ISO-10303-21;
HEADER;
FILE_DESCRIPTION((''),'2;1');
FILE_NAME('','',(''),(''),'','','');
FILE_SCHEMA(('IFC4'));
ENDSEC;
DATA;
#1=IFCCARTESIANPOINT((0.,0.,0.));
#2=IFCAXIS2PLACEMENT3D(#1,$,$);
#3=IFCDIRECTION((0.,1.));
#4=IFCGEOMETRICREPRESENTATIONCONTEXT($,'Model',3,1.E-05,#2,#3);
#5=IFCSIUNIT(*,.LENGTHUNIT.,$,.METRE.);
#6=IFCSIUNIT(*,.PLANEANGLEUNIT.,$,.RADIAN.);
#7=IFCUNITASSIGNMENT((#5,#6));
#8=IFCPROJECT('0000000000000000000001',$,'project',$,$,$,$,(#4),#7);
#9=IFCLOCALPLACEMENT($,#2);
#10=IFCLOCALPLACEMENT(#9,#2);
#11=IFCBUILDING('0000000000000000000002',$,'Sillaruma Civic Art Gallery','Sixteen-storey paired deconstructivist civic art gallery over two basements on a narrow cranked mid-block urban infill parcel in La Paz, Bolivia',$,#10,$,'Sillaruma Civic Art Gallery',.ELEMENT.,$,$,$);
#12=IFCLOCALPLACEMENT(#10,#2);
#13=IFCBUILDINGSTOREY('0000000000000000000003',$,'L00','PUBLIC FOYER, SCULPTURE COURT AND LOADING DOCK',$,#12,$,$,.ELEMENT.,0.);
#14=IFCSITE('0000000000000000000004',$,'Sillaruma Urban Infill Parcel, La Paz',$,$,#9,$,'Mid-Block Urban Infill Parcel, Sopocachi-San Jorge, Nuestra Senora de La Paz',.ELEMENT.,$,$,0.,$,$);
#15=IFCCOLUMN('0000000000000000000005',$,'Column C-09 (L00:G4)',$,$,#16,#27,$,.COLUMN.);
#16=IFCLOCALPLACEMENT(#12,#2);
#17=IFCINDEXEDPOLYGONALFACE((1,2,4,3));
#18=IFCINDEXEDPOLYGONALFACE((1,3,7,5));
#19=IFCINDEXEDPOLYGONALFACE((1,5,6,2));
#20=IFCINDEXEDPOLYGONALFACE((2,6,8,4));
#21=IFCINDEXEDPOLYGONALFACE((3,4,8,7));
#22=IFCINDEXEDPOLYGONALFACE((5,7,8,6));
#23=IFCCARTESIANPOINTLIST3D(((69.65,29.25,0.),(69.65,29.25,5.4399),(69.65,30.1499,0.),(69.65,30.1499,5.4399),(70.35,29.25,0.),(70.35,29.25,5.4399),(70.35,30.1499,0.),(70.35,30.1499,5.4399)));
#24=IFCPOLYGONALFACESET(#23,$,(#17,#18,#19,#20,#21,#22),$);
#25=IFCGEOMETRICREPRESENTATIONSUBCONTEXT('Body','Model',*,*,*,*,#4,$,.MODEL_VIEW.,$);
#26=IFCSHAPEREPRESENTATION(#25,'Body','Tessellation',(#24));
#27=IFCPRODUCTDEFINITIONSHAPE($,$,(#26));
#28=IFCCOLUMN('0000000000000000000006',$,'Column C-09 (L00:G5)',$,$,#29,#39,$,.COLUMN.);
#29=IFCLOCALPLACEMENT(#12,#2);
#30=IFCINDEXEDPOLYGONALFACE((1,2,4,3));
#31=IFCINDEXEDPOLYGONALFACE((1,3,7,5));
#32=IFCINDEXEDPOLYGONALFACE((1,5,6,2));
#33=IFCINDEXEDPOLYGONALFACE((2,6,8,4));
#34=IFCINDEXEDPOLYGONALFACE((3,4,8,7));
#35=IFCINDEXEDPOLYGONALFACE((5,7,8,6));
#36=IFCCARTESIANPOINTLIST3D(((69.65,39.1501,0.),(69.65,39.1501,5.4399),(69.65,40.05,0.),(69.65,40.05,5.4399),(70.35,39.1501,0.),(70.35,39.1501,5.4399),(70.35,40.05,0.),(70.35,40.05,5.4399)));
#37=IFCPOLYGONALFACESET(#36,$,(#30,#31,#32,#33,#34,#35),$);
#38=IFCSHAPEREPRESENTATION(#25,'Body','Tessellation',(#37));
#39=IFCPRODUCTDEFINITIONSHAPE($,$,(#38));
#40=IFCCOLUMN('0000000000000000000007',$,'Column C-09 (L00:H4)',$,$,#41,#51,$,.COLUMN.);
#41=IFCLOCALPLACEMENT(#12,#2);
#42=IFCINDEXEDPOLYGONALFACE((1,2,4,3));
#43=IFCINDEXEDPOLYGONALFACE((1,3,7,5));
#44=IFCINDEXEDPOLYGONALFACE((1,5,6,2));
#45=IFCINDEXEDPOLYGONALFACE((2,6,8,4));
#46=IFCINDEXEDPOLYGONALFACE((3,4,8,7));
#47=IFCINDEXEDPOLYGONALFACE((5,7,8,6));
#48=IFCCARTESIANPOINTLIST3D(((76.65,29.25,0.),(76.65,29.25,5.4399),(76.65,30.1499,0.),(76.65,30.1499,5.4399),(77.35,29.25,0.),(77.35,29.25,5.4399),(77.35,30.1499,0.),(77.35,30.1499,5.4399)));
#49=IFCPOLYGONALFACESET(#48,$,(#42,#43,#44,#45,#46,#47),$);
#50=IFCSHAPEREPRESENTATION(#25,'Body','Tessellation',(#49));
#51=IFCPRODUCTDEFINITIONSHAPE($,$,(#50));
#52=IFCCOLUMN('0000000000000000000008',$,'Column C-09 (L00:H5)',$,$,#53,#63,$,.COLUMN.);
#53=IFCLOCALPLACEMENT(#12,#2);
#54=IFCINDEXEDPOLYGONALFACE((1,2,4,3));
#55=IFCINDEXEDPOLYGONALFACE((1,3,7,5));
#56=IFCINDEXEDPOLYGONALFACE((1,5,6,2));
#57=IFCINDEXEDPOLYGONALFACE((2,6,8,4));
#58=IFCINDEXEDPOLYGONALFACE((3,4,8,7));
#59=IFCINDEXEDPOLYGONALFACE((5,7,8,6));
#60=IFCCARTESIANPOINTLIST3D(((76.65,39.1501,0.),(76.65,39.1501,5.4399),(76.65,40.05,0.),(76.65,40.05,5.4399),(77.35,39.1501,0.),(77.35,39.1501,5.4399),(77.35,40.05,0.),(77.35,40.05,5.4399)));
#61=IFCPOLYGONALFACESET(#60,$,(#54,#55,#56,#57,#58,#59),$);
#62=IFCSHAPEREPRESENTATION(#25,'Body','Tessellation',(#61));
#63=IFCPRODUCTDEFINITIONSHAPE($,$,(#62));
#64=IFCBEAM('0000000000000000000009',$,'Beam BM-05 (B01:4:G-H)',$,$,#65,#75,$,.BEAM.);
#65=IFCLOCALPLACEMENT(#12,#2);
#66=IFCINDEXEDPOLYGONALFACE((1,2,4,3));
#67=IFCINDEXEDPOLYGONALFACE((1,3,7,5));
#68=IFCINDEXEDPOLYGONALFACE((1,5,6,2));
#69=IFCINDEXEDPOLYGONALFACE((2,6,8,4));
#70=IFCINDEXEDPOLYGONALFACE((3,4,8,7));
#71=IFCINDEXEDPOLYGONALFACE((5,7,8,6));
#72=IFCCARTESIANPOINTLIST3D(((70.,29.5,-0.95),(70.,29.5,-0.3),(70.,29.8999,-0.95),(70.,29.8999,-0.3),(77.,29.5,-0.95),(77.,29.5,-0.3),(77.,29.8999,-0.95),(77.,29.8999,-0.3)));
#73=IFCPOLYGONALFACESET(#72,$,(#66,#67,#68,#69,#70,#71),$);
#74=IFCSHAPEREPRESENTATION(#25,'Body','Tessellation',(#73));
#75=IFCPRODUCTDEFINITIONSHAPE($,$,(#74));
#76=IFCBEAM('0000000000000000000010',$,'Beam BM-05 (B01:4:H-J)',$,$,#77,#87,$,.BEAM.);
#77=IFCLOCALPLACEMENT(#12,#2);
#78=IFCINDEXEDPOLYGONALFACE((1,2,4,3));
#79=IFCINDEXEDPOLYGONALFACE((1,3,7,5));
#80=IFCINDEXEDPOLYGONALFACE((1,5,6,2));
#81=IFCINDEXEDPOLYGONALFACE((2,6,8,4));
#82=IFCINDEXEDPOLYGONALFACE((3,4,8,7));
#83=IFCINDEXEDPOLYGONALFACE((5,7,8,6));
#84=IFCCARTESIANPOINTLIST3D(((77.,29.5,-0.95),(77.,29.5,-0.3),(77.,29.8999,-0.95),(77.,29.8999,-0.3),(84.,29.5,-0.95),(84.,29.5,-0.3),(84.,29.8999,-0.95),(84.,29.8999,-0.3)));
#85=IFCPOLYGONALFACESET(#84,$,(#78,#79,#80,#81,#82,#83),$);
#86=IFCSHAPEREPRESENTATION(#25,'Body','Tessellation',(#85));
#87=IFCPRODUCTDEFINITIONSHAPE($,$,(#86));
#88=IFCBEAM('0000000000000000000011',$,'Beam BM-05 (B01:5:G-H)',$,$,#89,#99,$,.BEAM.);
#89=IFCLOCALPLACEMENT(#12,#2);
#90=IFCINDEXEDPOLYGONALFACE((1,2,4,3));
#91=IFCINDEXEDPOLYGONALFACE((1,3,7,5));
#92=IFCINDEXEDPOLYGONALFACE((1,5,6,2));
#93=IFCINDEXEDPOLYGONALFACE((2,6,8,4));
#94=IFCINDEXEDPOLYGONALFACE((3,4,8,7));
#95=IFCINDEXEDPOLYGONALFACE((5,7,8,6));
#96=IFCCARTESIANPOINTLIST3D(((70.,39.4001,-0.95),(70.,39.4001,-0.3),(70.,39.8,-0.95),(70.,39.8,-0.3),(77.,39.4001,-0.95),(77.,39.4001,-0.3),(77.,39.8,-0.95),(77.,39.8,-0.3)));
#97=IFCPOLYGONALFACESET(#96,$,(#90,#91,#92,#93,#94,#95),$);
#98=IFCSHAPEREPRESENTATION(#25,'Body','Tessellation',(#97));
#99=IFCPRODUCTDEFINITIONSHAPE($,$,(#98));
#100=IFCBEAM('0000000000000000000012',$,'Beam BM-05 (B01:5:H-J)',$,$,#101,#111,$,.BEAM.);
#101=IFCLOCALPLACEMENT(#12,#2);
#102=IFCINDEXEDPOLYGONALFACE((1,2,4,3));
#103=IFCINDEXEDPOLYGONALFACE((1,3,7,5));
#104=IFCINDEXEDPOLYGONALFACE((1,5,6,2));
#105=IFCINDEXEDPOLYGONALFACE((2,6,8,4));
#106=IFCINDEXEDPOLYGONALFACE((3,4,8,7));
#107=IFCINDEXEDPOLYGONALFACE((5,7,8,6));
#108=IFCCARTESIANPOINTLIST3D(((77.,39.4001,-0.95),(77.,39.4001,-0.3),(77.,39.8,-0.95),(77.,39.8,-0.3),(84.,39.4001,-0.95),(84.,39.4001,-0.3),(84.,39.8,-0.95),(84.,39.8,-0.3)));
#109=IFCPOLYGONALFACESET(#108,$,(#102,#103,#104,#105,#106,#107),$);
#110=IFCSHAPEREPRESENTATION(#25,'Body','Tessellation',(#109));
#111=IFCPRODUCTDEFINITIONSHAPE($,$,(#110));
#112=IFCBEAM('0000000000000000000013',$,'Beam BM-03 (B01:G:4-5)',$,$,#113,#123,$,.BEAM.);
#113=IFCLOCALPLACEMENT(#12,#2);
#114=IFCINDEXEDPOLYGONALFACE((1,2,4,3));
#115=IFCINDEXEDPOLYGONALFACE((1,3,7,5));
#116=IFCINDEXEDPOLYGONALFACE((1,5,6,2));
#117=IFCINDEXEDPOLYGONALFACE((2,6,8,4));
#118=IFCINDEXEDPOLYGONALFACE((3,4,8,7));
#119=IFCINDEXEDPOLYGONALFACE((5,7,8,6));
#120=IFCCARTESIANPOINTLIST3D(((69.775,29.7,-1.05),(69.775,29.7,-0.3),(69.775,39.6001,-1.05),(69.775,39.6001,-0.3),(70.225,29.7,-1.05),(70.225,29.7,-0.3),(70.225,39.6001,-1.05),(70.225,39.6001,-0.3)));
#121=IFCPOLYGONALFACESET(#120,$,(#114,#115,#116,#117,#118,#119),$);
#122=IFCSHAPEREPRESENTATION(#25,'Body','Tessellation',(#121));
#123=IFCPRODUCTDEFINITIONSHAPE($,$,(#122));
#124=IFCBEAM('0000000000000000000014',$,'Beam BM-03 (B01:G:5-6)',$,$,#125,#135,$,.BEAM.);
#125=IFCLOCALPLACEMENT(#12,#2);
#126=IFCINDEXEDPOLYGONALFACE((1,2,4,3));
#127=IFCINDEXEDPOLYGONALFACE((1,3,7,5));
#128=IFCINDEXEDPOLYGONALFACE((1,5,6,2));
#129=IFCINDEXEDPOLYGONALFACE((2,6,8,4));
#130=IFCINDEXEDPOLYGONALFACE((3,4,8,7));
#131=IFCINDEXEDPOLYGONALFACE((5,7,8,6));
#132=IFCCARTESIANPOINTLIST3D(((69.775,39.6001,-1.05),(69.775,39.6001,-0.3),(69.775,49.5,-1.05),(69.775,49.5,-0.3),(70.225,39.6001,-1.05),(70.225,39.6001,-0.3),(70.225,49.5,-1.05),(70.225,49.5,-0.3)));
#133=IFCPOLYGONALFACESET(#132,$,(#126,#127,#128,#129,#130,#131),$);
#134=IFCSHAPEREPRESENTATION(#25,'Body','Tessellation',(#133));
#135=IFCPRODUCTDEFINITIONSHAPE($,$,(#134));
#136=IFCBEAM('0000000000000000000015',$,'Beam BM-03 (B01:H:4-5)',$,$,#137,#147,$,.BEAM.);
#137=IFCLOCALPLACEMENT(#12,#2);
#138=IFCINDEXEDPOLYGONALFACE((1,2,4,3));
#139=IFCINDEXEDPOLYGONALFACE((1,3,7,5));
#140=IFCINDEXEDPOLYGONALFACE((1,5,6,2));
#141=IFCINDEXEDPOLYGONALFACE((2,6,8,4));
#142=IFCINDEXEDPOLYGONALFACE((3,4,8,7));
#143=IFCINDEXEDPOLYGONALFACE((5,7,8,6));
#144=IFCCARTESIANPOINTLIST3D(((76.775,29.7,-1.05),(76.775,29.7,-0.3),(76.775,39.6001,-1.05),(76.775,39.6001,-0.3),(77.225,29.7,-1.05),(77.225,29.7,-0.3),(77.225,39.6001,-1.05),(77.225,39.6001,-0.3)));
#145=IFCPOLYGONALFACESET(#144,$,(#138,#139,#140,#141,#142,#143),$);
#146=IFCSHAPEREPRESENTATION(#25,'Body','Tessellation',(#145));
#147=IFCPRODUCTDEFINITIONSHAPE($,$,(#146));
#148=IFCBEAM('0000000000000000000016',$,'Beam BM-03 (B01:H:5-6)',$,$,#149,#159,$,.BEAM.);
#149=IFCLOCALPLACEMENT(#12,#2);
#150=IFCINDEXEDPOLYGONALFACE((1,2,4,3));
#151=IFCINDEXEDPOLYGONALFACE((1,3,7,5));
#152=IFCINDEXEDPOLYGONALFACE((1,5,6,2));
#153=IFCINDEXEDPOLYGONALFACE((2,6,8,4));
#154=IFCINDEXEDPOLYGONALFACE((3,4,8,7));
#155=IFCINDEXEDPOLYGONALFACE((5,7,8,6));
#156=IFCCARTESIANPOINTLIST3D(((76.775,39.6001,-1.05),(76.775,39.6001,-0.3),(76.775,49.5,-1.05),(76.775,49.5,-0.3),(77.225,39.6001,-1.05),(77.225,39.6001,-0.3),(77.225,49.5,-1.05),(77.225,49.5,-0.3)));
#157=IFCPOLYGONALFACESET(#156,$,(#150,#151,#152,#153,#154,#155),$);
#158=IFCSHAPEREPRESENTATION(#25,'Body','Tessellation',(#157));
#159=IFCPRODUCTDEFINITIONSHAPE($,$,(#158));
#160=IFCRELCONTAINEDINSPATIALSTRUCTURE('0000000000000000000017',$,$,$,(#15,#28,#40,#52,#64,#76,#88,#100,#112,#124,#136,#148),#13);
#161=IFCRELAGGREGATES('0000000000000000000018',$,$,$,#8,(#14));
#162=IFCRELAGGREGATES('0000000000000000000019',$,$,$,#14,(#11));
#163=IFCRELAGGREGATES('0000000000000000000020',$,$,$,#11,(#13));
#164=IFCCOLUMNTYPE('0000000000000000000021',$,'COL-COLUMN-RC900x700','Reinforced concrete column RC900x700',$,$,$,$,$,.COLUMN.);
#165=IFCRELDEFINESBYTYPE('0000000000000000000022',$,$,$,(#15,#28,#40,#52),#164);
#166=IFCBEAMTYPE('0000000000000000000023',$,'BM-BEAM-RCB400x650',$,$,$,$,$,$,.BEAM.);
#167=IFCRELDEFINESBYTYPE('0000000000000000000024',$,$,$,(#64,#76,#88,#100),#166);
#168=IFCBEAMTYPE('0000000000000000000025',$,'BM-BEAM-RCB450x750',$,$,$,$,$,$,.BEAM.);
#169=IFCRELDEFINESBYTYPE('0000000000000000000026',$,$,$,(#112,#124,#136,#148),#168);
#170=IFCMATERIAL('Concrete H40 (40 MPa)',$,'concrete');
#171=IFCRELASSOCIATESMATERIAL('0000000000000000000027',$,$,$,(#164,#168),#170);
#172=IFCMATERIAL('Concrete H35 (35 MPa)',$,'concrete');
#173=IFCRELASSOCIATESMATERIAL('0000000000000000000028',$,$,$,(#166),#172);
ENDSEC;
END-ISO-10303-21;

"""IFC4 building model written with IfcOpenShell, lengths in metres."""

from ifc_helpers import new_model, si_unit, direction, frame, origin, origin_2d, place, context, subcontext, project, spatial, rectangle, extrude, material, material_profile, profile_set, type_object, element, save


model = new_model("IFC4")

# Units and contexts
model_context = context("Model", 3, precision=1e-05, world=origin(), true_north=direction((0.0, 1.0)))
body_context = subcontext(model_context, "Body", "Model", "MODEL_VIEW")
ifc_project = project(units=[si_unit("LENGTHUNIT", "METRE"), si_unit("PLANEANGLEUNIT", "RADIAN")], contexts=[model_context])

# Site, building, storey
site_placement = place(None, origin())
site = spatial("IfcSite", under=ifc_project, at=site_placement, Name="Sillaruma Urban Infill Parcel, La Paz", LongName="Mid-Block Urban Infill Parcel, Sopocachi-San Jorge, Nuestra Senora de La Paz", CompositionType="ELEMENT", RefElevation=0.0)
building_placement = place(site_placement, origin())
building = spatial("IfcBuilding", under=site, at=building_placement, Name="Sillaruma Civic Art Gallery", Description="Sixteen-storey paired deconstructivist civic art gallery over two basements on a narrow cranked mid-block urban infill parcel in La Paz, Bolivia", LongName="Sillaruma Civic Art Gallery", CompositionType="ELEMENT")
storey_placement = place(building_placement, origin())
storey = spatial("IfcBuildingStorey", under=building, at=storey_placement, Name="L00", Description="PUBLIC FOYER, SCULPTURE COURT AND LOADING DOCK", CompositionType="ELEMENT", Elevation=0.0)

# Columns
ifc_material_1 = material(Name="Concrete H40 (40 MPa)", Category="concrete")
ifc_material_profile_1 = material_profile(ifc_material_1, rectangle(XDim=0.7, YDim=0.8999, at=origin_2d()), Name="RC900x700")
ifc_profile_set_1 = profile_set([ifc_material_profile_1], Name="Concrete H40 (40 MPa)")
column_type = type_object("IfcColumnType", Name="COL-COLUMN-RC900x700", Description="Reinforced concrete column RC900x700", PredefinedType="COLUMN", material=ifc_profile_set_1)
for number, where, z_axis, x_axis, name in (
    (1, (70.0, 29.7, 0.0), (0.0, 0.0, 1.0), (1.0, 0.0, 0.0), "Column C-09 (L00:G4)"),
    (2, (70.0, 39.6001, 0.0), (0.0, 0.0, 1.0), (1.0, 0.0, 0.0), "Column C-09 (L00:G5)"),
    (3, (77.0, 29.7, 0.0), (0.0, 0.0, 1.0), (1.0, 0.0, 0.0), "Column C-09 (L00:H4)"),
    (4, (77.0, 39.6001, 0.0), (0.0, 0.0, 1.0), (1.0, 0.0, 0.0), "Column C-09 (L00:H5)"),
):
    element("IfcColumn", number, at=place(storey_placement, frame(where, z_axis=z_axis, x_axis=x_axis)), inside=storey, type_object=column_type, Name=name, PredefinedType="COLUMN", context=body_context, shape_type="SweptSolid", body=[
        extrude(rectangle(XDim=0.7, YDim=0.8999, at=origin_2d()), origin(), (0.0, 0.0, 1.0), 5.4399),
    ])

# Beams
ifc_material_2 = material(Name="Concrete H35 (35 MPa)", Category="concrete")
ifc_material_profile_2 = material_profile(ifc_material_2, rectangle(XDim=0.3999, YDim=0.6499, at=origin_2d()), Name="RCB400x650")
ifc_profile_set_2 = profile_set([ifc_material_profile_2], Name="Concrete H35 (35 MPa)")
beam_type_1 = type_object("IfcBeamType", Name="BM-BEAM-RCB400x650", PredefinedType="BEAM", material=ifc_profile_set_2)
for number, where, z_axis, x_axis, name in (
    (5, (70.0, 29.7, -0.625), (1.0, 0.0, 0.0), (0.0, 1.0, 0.0), "Beam BM-05 (B01:4:G-H)"),
    (6, (77.0, 29.7, -0.625), (1.0, 0.0, 0.0), (0.0, 1.0, 0.0), "Beam BM-05 (B01:4:H-J)"),
    (7, (70.0, 39.6001, -0.625), (1.0, 0.0, 0.0), (0.0, 1.0, 0.0), "Beam BM-05 (B01:5:G-H)"),
    (8, (77.0, 39.6001, -0.625), (1.0, 0.0, 0.0), (0.0, 1.0, 0.0), "Beam BM-05 (B01:5:H-J)"),
):
    element("IfcBeam", number, at=place(storey_placement, frame(where, z_axis=z_axis, x_axis=x_axis)), inside=storey, type_object=beam_type_1, Name=name, PredefinedType="BEAM", context=body_context, shape_type="SweptSolid", body=[
        extrude(rectangle(XDim=0.3999, YDim=0.6499, at=origin_2d()), origin(), (0.0, 0.0, 1.0), 7.0),
    ])
ifc_material_profile_3 = material_profile(ifc_material_1, rectangle(XDim=0.45, YDim=0.75, at=origin_2d()), Name="RCB450x750")
ifc_profile_set_3 = profile_set([ifc_material_profile_3], Name="Concrete H40 (40 MPa)")
beam_type_2 = type_object("IfcBeamType", Name="BM-BEAM-RCB450x750", PredefinedType="BEAM", material=ifc_profile_set_3)
beam_1_placement = place(storey_placement, frame((70.0, 29.7, -0.675), z_axis=(0.0, 1.0, 0.0), x_axis=(-1.0, 0.0, 0.0)))
element("IfcBeam", 9, at=beam_1_placement, inside=storey, type_object=beam_type_2, Name="Beam BM-03 (B01:G:4-5)", PredefinedType="BEAM", context=body_context, shape_type="SweptSolid", body=[
    extrude(rectangle(XDim=0.45, YDim=0.75, at=origin_2d()), origin(), (0.0, 0.0, 1.0), 9.9001),
])
beam_2_placement = place(storey_placement, frame((70.0, 39.6001, -0.675), z_axis=(0.0, 1.0, 0.0), x_axis=(-1.0, 0.0, 0.0)))
element("IfcBeam", 10, at=beam_2_placement, inside=storey, type_object=beam_type_2, Name="Beam BM-03 (B01:G:5-6)", PredefinedType="BEAM", context=body_context, shape_type="SweptSolid", body=[
    extrude(rectangle(XDim=0.45, YDim=0.75, at=origin_2d()), origin(), (0.0, 0.0, 1.0), 9.8999),
])
beam_3_placement = place(storey_placement, frame((77.0, 29.7, -0.675), z_axis=(0.0, 1.0, 0.0), x_axis=(-1.0, 0.0, 0.0)))
element("IfcBeam", 11, at=beam_3_placement, inside=storey, type_object=beam_type_2, Name="Beam BM-03 (B01:H:4-5)", PredefinedType="BEAM", context=body_context, shape_type="SweptSolid", body=[
    extrude(rectangle(XDim=0.45, YDim=0.75, at=origin_2d()), origin(), (0.0, 0.0, 1.0), 9.9001),
])
beam_4_placement = place(storey_placement, frame((77.0, 39.6001, -0.675), z_axis=(0.0, 1.0, 0.0), x_axis=(-1.0, 0.0, 0.0)))
element("IfcBeam", 12, at=beam_4_placement, inside=storey, type_object=beam_type_2, Name="Beam BM-03 (B01:H:5-6)", PredefinedType="BEAM", context=body_context, shape_type="SweptSolid", body=[
    extrude(rectangle(XDim=0.45, YDim=0.75, at=origin_2d()), origin(), (0.0, 0.0, 1.0), 9.8999),
])

save(model, "model.ifc")
